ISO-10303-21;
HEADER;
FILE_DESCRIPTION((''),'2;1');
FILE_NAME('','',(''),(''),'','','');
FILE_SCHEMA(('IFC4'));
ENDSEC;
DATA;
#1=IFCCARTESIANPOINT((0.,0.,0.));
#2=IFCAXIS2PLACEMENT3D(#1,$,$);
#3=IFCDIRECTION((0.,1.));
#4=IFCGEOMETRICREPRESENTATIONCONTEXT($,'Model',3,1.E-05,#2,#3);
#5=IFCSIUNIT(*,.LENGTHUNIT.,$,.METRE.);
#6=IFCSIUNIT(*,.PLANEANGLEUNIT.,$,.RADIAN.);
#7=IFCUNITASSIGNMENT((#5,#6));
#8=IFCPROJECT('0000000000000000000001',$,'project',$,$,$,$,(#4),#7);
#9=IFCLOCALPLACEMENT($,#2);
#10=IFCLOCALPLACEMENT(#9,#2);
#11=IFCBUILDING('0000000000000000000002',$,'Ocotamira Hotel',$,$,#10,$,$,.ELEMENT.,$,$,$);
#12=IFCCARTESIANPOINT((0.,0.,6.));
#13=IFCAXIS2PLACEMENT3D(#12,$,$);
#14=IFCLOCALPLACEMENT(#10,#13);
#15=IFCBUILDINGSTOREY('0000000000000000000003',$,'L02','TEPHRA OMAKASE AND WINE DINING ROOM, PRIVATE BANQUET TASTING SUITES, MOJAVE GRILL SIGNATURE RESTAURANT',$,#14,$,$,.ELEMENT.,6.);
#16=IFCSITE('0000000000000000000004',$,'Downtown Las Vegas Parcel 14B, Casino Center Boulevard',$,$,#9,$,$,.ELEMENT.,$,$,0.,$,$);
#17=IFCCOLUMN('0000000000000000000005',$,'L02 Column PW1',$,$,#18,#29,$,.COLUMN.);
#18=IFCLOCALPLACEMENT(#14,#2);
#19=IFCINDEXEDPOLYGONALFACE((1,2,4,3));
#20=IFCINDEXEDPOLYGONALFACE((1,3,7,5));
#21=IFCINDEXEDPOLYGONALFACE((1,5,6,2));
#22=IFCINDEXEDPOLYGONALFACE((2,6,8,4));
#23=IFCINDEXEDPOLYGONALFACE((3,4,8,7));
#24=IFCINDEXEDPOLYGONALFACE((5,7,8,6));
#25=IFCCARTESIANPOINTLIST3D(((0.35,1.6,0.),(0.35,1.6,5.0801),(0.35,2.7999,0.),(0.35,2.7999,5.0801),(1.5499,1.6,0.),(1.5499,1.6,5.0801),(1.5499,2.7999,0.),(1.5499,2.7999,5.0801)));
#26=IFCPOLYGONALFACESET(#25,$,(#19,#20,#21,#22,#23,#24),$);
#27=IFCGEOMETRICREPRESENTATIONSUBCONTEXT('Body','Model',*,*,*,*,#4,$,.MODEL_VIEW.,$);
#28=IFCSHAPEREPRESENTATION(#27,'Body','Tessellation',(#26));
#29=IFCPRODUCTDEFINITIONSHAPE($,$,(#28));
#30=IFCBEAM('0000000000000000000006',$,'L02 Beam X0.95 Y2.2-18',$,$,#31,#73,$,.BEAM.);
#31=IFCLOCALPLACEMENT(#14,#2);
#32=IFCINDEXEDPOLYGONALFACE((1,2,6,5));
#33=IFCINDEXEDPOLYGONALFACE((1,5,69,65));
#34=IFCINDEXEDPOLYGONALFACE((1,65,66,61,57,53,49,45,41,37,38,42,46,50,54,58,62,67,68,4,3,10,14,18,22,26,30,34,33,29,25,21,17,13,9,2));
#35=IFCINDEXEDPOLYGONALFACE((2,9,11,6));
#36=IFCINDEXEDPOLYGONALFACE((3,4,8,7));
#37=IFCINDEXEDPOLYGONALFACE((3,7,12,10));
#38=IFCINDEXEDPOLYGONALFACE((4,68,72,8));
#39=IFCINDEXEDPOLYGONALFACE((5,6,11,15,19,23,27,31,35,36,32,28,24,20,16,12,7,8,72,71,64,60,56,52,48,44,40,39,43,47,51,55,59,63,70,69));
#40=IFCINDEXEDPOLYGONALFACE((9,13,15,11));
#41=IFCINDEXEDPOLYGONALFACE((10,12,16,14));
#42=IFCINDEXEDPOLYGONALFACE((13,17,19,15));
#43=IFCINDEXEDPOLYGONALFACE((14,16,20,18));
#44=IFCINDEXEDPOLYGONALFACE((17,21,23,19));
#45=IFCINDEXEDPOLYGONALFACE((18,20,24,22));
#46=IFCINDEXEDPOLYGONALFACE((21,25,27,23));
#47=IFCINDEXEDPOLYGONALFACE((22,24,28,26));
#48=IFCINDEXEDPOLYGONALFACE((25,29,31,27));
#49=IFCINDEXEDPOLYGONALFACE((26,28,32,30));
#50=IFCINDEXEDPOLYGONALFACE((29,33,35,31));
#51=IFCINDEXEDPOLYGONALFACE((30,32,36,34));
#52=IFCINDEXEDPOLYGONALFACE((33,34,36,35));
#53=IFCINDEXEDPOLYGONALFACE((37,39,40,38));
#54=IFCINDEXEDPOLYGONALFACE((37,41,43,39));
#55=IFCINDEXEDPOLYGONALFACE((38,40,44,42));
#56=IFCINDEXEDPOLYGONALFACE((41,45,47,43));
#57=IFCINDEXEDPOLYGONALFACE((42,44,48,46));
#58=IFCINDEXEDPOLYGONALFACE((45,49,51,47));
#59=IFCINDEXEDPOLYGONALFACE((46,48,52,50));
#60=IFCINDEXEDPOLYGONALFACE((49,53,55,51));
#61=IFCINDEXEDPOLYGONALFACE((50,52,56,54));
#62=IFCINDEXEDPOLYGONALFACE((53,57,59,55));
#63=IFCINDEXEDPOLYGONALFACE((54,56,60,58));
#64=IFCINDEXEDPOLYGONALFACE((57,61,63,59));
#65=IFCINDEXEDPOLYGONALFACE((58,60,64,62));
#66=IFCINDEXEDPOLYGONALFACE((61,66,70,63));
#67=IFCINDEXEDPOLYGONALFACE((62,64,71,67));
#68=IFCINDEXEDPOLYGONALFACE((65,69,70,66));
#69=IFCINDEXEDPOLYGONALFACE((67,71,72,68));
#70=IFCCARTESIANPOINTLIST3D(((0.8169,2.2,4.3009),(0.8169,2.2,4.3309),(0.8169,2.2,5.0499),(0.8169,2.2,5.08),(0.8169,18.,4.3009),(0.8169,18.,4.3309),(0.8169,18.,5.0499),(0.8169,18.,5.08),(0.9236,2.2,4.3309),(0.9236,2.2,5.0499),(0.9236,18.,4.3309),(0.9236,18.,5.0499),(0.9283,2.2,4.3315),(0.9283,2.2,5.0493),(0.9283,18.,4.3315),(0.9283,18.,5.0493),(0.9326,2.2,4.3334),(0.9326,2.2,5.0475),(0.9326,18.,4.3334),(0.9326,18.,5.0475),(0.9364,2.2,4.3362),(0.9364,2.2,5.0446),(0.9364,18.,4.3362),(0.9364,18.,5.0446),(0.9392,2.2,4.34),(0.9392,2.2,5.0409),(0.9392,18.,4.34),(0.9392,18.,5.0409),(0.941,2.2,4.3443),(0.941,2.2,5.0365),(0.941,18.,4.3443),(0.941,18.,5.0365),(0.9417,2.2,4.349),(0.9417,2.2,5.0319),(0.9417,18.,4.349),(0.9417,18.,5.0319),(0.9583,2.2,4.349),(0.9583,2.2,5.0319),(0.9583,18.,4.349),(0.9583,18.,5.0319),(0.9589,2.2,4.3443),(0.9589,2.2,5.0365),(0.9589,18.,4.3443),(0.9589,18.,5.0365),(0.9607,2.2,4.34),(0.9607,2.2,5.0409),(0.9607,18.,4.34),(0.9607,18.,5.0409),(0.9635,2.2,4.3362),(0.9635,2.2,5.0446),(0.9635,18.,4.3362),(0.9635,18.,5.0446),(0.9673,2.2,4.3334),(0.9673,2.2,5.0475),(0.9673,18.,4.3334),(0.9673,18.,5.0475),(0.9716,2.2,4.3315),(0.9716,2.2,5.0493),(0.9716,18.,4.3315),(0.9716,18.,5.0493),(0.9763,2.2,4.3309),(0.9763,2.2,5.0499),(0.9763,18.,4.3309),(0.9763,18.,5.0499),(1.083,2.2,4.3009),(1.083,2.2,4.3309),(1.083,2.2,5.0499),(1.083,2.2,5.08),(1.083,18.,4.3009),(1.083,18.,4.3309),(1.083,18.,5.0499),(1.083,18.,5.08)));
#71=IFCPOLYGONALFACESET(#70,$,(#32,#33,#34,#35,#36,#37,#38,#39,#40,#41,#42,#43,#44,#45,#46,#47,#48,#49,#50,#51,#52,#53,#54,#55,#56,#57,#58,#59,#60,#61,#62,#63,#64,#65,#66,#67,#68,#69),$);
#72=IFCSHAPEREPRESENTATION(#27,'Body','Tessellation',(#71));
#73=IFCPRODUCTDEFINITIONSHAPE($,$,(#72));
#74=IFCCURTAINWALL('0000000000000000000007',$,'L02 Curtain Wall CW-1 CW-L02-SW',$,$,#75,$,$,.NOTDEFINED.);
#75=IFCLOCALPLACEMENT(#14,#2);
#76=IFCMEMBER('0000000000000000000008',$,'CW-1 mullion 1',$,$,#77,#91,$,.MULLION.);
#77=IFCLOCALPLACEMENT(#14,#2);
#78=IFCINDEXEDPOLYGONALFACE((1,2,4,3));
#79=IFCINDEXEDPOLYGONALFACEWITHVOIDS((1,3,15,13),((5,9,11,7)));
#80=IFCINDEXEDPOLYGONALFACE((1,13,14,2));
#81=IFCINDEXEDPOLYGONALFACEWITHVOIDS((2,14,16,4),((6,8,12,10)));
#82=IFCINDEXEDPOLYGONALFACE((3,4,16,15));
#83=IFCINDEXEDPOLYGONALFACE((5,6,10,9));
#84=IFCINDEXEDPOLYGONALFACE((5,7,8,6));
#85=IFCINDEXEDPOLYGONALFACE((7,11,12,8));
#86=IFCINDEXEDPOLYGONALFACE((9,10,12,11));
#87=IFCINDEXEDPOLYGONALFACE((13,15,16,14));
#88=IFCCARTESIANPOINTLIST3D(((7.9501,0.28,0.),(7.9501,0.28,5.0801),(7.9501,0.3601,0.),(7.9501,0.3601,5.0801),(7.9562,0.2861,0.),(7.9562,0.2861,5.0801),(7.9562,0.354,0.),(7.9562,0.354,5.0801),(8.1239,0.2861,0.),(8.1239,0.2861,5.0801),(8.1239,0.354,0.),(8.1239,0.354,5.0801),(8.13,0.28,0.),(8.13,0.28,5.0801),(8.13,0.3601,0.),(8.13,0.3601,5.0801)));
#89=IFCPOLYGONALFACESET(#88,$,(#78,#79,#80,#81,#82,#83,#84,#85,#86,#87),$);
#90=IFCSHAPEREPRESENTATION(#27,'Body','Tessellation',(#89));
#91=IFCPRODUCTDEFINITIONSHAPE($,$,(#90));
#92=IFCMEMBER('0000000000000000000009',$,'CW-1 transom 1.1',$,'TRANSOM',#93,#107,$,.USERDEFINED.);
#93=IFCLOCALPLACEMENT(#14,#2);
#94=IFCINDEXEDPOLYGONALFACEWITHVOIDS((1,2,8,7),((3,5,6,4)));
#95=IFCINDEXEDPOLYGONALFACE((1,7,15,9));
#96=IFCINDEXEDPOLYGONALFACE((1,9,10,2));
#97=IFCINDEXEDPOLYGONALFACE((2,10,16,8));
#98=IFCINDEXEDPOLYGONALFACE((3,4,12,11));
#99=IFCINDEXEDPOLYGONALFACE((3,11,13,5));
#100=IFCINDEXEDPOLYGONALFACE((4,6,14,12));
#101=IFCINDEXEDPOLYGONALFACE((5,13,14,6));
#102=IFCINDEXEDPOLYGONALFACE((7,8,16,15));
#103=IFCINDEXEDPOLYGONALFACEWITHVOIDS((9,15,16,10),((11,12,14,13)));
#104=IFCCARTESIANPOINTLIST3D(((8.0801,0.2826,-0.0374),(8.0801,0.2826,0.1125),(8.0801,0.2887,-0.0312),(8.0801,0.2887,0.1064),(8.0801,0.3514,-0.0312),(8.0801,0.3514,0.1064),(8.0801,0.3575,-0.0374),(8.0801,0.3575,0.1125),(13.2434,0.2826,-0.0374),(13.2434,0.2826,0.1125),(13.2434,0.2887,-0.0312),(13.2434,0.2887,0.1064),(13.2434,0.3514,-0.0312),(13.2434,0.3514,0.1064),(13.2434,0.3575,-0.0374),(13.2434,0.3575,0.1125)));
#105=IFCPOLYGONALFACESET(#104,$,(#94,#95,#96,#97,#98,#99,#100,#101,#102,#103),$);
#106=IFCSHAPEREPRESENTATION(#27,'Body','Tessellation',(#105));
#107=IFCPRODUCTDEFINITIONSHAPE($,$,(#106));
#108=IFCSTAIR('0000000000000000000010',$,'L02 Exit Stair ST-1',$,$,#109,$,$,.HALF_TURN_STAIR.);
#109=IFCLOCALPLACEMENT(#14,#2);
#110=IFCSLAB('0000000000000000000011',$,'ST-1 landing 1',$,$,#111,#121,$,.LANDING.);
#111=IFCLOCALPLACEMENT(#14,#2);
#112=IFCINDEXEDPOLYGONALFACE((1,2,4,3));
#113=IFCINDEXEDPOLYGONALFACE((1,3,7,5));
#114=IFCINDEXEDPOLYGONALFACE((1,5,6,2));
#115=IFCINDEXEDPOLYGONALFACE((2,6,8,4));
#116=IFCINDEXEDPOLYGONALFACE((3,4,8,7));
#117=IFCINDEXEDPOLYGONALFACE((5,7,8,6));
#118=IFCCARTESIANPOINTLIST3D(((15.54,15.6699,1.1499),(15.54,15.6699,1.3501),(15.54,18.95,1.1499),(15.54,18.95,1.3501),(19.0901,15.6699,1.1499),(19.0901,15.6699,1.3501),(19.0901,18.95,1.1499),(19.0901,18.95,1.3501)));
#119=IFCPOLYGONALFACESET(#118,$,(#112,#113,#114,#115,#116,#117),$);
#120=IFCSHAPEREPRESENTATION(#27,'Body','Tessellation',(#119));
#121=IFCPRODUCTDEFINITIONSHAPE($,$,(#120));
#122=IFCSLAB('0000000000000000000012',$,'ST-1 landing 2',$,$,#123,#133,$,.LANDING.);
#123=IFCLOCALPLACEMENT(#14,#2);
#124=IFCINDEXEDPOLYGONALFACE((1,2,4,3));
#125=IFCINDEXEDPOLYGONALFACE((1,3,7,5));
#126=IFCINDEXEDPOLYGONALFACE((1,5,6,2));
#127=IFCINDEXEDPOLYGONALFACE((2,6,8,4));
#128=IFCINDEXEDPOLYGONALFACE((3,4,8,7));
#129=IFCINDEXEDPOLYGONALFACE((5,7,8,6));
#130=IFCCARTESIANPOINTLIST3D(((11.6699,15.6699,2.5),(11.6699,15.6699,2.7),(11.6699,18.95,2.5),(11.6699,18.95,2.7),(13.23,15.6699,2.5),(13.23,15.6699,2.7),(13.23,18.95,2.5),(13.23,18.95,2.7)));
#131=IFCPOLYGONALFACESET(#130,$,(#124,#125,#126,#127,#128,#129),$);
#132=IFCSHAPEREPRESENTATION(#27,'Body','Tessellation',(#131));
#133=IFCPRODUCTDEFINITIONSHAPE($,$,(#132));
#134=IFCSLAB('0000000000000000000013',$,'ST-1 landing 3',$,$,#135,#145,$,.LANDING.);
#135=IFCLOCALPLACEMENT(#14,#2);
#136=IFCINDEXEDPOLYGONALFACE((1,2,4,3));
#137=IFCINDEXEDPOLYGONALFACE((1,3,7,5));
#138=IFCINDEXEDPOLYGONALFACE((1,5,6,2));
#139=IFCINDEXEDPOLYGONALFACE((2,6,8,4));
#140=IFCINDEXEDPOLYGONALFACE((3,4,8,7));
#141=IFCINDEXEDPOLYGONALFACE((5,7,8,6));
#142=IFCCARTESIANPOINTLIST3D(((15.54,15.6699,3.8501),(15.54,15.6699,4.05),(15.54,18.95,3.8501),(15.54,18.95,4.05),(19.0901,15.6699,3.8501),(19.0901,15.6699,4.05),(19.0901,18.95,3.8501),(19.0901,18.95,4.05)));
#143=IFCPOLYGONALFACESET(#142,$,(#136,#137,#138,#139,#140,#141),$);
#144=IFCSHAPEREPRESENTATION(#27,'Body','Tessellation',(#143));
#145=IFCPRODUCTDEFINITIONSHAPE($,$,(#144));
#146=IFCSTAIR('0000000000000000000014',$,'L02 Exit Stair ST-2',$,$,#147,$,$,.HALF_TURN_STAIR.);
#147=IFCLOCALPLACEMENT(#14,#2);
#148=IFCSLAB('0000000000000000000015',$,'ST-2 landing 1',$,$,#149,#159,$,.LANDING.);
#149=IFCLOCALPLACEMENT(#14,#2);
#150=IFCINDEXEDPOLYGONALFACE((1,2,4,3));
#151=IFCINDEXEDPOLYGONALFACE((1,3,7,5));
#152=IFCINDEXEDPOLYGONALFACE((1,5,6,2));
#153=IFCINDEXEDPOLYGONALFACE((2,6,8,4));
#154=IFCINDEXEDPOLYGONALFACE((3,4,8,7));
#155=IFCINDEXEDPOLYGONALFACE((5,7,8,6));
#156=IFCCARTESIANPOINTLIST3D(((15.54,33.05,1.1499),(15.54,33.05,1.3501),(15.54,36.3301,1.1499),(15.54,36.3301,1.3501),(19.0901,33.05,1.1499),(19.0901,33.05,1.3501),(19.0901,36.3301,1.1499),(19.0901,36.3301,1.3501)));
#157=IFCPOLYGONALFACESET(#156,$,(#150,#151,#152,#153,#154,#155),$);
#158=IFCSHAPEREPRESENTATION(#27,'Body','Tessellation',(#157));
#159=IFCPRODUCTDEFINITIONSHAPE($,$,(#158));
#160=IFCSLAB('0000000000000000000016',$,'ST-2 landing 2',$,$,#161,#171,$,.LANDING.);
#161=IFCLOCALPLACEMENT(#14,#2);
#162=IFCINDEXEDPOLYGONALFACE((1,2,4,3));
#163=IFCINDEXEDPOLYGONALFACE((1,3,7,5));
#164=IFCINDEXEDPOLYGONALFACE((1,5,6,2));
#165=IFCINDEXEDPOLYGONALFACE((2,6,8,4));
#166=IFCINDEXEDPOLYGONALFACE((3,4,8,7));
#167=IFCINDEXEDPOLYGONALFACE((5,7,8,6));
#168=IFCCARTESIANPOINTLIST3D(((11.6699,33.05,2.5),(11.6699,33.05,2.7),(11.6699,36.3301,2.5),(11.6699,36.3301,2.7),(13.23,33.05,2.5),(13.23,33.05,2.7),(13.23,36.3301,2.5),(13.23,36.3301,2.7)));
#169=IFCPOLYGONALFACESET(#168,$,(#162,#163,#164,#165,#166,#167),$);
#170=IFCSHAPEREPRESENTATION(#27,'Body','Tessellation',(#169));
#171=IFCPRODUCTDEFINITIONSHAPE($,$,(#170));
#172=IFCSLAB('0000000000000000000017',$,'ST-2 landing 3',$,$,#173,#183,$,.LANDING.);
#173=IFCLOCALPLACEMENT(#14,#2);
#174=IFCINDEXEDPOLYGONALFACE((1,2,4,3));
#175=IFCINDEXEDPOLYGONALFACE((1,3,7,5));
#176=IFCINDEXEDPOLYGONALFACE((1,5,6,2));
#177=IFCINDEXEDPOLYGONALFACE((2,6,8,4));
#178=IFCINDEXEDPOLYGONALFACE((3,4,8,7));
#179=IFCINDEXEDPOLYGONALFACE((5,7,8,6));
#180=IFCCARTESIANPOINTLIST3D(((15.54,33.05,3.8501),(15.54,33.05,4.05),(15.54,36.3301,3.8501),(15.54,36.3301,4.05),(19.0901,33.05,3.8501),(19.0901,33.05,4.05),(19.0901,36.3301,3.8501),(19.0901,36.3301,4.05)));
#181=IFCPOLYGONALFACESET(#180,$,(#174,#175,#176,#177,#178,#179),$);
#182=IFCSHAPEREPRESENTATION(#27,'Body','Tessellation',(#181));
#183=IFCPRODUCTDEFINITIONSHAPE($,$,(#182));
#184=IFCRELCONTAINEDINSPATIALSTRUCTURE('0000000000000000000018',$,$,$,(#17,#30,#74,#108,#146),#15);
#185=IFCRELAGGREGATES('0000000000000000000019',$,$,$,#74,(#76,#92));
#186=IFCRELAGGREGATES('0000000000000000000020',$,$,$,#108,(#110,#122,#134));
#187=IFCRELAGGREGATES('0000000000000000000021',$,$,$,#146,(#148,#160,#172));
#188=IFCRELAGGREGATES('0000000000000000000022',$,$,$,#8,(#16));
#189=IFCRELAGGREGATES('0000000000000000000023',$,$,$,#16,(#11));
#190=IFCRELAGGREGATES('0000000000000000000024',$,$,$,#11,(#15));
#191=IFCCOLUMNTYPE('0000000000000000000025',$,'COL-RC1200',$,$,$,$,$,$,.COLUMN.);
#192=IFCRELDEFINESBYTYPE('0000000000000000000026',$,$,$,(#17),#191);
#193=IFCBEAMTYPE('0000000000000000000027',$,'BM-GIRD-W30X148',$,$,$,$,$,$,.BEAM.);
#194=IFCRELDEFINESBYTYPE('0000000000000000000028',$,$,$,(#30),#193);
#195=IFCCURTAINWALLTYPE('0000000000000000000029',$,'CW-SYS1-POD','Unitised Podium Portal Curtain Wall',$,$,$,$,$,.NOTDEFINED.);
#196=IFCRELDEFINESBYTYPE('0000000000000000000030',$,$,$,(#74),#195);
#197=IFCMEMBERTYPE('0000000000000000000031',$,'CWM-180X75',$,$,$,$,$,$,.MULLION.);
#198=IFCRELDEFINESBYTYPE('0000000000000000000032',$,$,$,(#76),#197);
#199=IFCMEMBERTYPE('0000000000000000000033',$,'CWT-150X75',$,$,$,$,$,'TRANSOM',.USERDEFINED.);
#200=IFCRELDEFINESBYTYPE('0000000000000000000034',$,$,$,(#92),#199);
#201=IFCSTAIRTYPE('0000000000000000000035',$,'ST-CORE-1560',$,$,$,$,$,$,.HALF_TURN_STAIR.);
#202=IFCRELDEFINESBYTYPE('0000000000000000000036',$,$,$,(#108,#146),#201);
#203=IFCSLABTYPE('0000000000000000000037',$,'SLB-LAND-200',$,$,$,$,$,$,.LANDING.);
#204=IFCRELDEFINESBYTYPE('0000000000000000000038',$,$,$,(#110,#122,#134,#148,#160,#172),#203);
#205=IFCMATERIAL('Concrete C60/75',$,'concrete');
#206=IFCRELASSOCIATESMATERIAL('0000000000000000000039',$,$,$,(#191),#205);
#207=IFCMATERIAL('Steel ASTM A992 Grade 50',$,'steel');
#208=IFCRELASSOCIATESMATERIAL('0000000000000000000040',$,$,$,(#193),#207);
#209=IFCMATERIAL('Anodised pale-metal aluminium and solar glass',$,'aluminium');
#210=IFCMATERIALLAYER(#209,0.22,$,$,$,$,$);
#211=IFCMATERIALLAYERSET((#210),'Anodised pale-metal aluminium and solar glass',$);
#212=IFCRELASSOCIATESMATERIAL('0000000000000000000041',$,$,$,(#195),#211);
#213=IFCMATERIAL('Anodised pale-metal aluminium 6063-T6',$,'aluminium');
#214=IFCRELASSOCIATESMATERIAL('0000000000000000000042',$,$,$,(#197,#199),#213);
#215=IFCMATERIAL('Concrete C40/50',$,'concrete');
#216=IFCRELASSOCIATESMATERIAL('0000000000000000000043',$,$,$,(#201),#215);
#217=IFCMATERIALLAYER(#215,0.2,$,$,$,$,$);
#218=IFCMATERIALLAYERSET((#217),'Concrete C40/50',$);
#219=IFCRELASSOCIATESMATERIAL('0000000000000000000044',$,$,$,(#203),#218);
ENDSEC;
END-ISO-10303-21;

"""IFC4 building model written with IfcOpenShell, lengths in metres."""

from ifc_helpers import new_model, si_unit, direction, frame, origin, origin_2d, place, context, subcontext, project, spatial, polyline, rectangle, hollow_rectangle, i_section, outline, extrude, source, transform, mapped, material, layer, layer_set, material_profile, profile_set, type_object, element, aggregate, save


model = new_model("IFC4")

# Units and contexts
model_context = context("Model", 3, precision=1e-05, world=origin(), true_north=direction((0.0, 1.0)))
body_context = subcontext(model_context, "Body", "Model", "MODEL_VIEW")
ifc_project = project(units=[si_unit("LENGTHUNIT", "METRE"), si_unit("PLANEANGLEUNIT", "RADIAN")], contexts=[model_context])

# Site, building, storey
site_placement = place(None, origin())
site = spatial("IfcSite", under=ifc_project, at=site_placement, Name="Downtown Las Vegas Parcel 14B, Casino Center Boulevard", CompositionType="ELEMENT", RefElevation=0.0)
building_placement = place(site_placement, origin())
building = spatial("IfcBuilding", under=site, at=building_placement, Name="Ocotamira Hotel", CompositionType="ELEMENT")
storey_placement = place(building_placement, frame((0.0, 0.0, 6.0)))
storey = spatial("IfcBuildingStorey", under=building, at=storey_placement, Name="L02", Description="TEPHRA OMAKASE AND WINE DINING ROOM, PRIVATE BANQUET TASTING SUITES, MOJAVE GRILL SIGNATURE RESTAURANT", CompositionType="ELEMENT", Elevation=6.0)

# Column
ifc_material_1 = material(Name="Concrete C60/75", Category="concrete")
ifc_material_profile_1 = material_profile(ifc_material_1, rectangle(XDim=1.2, YDim=1.2, at=origin_2d()), Name="RC1200X1200")
ifc_profile_set_1 = profile_set([ifc_material_profile_1], Name="Concrete C60/75")
column_type = type_object("IfcColumnType", Name="COL-RC1200", PredefinedType="COLUMN", material=ifc_profile_set_1)
shared_shape_1 = source(origin(), body_context, "Body", "SweptSolid", [
    extrude(rectangle(XDim=1.2, YDim=1.2, at=origin_2d()), origin(), (0.0, 0.0, 1.0), 5.0801),
])
column_placement = place(storey_placement, frame((0.95, 2.2, 0.0), z_axis=(0.0, 0.0, 1.0), x_axis=(1.0, 0.0, 0.0)))
element("IfcColumn", 1, at=column_placement, inside=storey, type_object=column_type, Name="L02 Column PW1", PredefinedType="COLUMN", context=body_context, shape_type="MappedRepresentation", body=[
    mapped(shared_shape_1, transform((0.0, 0.0, 0.0), scale=1.0)),
])

# Beam
ifc_material_2 = material(Name="Steel ASTM A992 Grade 50", Category="steel")
ifc_material_profile_2 = material_profile(ifc_material_2, i_section(OverallWidth=0.2661, OverallDepth=0.7791, WebThickness=0.0166, FlangeThickness=0.03, FilletRadius=0.0181, at=origin_2d()), Name="W30X148")
ifc_profile_set_2 = profile_set([ifc_material_profile_2], Name="Steel ASTM A992 Grade 50")
beam_type = type_object("IfcBeamType", Name="BM-GIRD-W30X148", PredefinedType="BEAM", material=ifc_profile_set_2)
shared_shape_2 = source(origin(), body_context, "Body", "SweptSolid", [
    extrude(i_section(OverallWidth=0.2661, OverallDepth=0.7791, WebThickness=0.0166, FlangeThickness=0.03, FilletRadius=0.0181, at=origin_2d()), origin(), (0.0, 0.0, 1.0), 15.8),
])
beam_placement = place(storey_placement, frame((0.95, 2.2, 4.6904), z_axis=(0.0, 1.0, 0.0), x_axis=(-1.0, 0.0, 0.0)))
element("IfcBeam", 2, at=beam_placement, inside=storey, type_object=beam_type, Name="L02 Beam X0.95 Y2.2-18", PredefinedType="BEAM", context=body_context, shape_type="MappedRepresentation", body=[
    mapped(shared_shape_2, transform((0.0, 0.0, 0.0), scale=1.0)),
])

# Curtain wall, members
ifc_material_3 = material(Name="Anodised pale-metal aluminium and solar glass", Category="aluminium")
ifc_layer_1 = layer(ifc_material_3, 0.22)
ifc_layer_set_1 = layer_set([ifc_layer_1], Name="Anodised pale-metal aluminium and solar glass")
curtain_wall_type = type_object("IfcCurtainWallType", Name="CW-SYS1-POD", Description="Unitised Podium Portal Curtain Wall", PredefinedType="NOTDEFINED", material=ifc_layer_set_1)
curtain_wall_placement = place(storey_placement, origin())
curtain_wall = element("IfcCurtainWall", 3, at=curtain_wall_placement, inside=storey, type_object=curtain_wall_type, Name="L02 Curtain Wall CW-1 CW-L02-SW", PredefinedType="NOTDEFINED")
ifc_material_4 = material(Name="Anodised pale-metal aluminium 6063-T6", Category="aluminium")
ifc_material_profile_3 = material_profile(ifc_material_4, hollow_rectangle(XDim=0.0801, YDim=0.1799, WallThickness=0.0061, at=origin_2d()), Name="HSS180X80X6")
ifc_profile_set_3 = profile_set([ifc_material_profile_3], Name="Anodised pale-metal aluminium 6063-T6")
member_type_1 = type_object("IfcMemberType", Name="CWM-180X75", PredefinedType="MULLION", material=ifc_profile_set_3)
shared_shape_3 = source(origin(), body_context, "Body", "SweptSolid", [
    extrude(hollow_rectangle(XDim=0.0801, YDim=0.1799, WallThickness=0.0061, at=origin_2d()), origin(), (0.0, 0.0, 1.0), 5.0801),
])
member_1_placement = place(storey_placement, frame((8.04, 0.3201, 0.0), z_axis=(0.0, 0.0, 1.0), x_axis=(0.0, 1.0, 0.0)))
member_1 = element("IfcMember", 4, at=member_1_placement, type_object=member_type_1, Name="CW-1 mullion 1", PredefinedType="MULLION", context=body_context, shape_type="MappedRepresentation", body=[
    mapped(shared_shape_3, transform((0.0, 0.0, 0.0), scale=1.0)),
])
ifc_material_profile_4 = material_profile(ifc_material_4, hollow_rectangle(XDim=0.075, YDim=0.1499, WallThickness=0.0061, at=origin_2d()), Name="HSS150X75X6")
ifc_profile_set_4 = profile_set([ifc_material_profile_4], Name="Anodised pale-metal aluminium 6063-T6")
member_type_2 = type_object("IfcMemberType", Name="CWT-150X75", ElementType="TRANSOM", PredefinedType="USERDEFINED", material=ifc_profile_set_4)
shared_shape_4 = source(origin(), body_context, "Body", "SweptSolid", [
    extrude(hollow_rectangle(XDim=0.075, YDim=0.1499, WallThickness=0.0061, at=origin_2d()), origin(), (0.0, 0.0, 1.0), 5.1633),
])
member_2_placement = place(storey_placement, frame((8.0801, 0.3201, 0.0376), z_axis=(1.0, 0.0, 0.0), x_axis=(0.0, 1.0, 0.0)))
member_2 = element("IfcMember", 5, at=member_2_placement, type_object=member_type_2, Name="CW-1 transom 1.1", ObjectType="TRANSOM", PredefinedType="USERDEFINED", context=body_context, shape_type="MappedRepresentation", body=[
    mapped(shared_shape_4, transform((0.0, 0.0, 0.0), scale=1.0)),
])
aggregate(curtain_wall, [member_1, member_2])

# Stairs, slabs
ifc_material_5 = material(Name="Concrete C40/50", Category="concrete")
stair_type_1 = type_object("IfcStairType", Name="ST-CORE-1560", PredefinedType="HALF_TURN_STAIR", material=ifc_material_5)
stair_1_placement = place(storey_placement, origin())
stair_1 = element("IfcStair", 6, at=stair_1_placement, inside=storey, type_object=stair_type_1, Name="L02 Exit Stair ST-1", PredefinedType="HALF_TURN_STAIR")
ifc_layer_2 = layer(ifc_material_5, 0.2)
ifc_layer_set_2 = layer_set([ifc_layer_2], Name="Concrete C40/50")
slab_type_1 = type_object("IfcSlabType", Name="SLB-LAND-200", PredefinedType="LANDING", material=ifc_layer_set_2)
slab_1_placement = place(storey_placement, frame((0.0, 0.0, 1.1499)))
slab_1 = element("IfcSlab", 7, at=slab_1_placement, type_object=slab_type_1, Name="ST-1 landing 1", PredefinedType="LANDING", context=body_context, shape_type="SweptSolid", body=[
    extrude(outline(polyline([(15.54, 15.6699), (19.0901, 15.6699), (19.0901, 18.95), (15.54, 18.95), (15.54, 15.6699)])), origin(), (0.0, 0.0, 1.0), 0.2002),
])
slab_2_placement = place(storey_placement, frame((0.0, 0.0, 2.5)))
slab_2 = element("IfcSlab", 8, at=slab_2_placement, type_object=slab_type_1, Name="ST-1 landing 2", PredefinedType="LANDING", context=body_context, shape_type="SweptSolid", body=[
    extrude(outline(polyline([(11.6699, 15.6699), (13.23, 15.6699), (13.23, 18.95), (11.6699, 18.95), (11.6699, 15.6699)])), origin(), (0.0, 0.0, 1.0), 0.2),
])
slab_3_placement = place(storey_placement, frame((0.0, 0.0, 3.8501)))
slab_3 = element("IfcSlab", 9, at=slab_3_placement, type_object=slab_type_1, Name="ST-1 landing 3", PredefinedType="LANDING", context=body_context, shape_type="SweptSolid", body=[
    extrude(outline(polyline([(15.54, 15.6699), (19.0901, 15.6699), (19.0901, 18.95), (15.54, 18.95), (15.54, 15.6699)])), origin(), (0.0, 0.0, 1.0), 0.2),
])
aggregate(stair_1, [slab_1, slab_2, slab_3])
stair_2_placement = place(storey_placement, origin())
stair_2 = element("IfcStair", 10, at=stair_2_placement, inside=storey, type_object=stair_type_1, Name="L02 Exit Stair ST-2", PredefinedType="HALF_TURN_STAIR")
slab_4_placement = place(storey_placement, frame((0.0, 0.0, 1.1499)))
slab_4 = element("IfcSlab", 11, at=slab_4_placement, type_object=slab_type_1, Name="ST-2 landing 1", PredefinedType="LANDING", context=body_context, shape_type="SweptSolid", body=[
    extrude(outline(polyline([(15.54, 33.05), (19.0901, 33.05), (19.0901, 36.3301), (15.54, 36.3301), (15.54, 33.05)])), origin(), (0.0, 0.0, 1.0), 0.2002),
])
slab_5_placement = place(storey_placement, frame((0.0, 0.0, 2.5)))
slab_5 = element("IfcSlab", 12, at=slab_5_placement, type_object=slab_type_1, Name="ST-2 landing 2", PredefinedType="LANDING", context=body_context, shape_type="SweptSolid", body=[
    extrude(outline(polyline([(11.6699, 33.05), (13.23, 33.05), (13.23, 36.3301), (11.6699, 36.3301), (11.6699, 33.05)])), origin(), (0.0, 0.0, 1.0), 0.2),
])
slab_6_placement = place(storey_placement, frame((0.0, 0.0, 3.8501)))
slab_6 = element("IfcSlab", 13, at=slab_6_placement, type_object=slab_type_1, Name="ST-2 landing 3", PredefinedType="LANDING", context=body_context, shape_type="SweptSolid", body=[
    extrude(outline(polyline([(15.54, 33.05), (19.0901, 33.05), (19.0901, 36.3301), (15.54, 36.3301), (15.54, 33.05)])), origin(), (0.0, 0.0, 1.0), 0.2),
])
aggregate(stair_2, [slab_4, slab_5, slab_6])

save(model, "model.ifc")
